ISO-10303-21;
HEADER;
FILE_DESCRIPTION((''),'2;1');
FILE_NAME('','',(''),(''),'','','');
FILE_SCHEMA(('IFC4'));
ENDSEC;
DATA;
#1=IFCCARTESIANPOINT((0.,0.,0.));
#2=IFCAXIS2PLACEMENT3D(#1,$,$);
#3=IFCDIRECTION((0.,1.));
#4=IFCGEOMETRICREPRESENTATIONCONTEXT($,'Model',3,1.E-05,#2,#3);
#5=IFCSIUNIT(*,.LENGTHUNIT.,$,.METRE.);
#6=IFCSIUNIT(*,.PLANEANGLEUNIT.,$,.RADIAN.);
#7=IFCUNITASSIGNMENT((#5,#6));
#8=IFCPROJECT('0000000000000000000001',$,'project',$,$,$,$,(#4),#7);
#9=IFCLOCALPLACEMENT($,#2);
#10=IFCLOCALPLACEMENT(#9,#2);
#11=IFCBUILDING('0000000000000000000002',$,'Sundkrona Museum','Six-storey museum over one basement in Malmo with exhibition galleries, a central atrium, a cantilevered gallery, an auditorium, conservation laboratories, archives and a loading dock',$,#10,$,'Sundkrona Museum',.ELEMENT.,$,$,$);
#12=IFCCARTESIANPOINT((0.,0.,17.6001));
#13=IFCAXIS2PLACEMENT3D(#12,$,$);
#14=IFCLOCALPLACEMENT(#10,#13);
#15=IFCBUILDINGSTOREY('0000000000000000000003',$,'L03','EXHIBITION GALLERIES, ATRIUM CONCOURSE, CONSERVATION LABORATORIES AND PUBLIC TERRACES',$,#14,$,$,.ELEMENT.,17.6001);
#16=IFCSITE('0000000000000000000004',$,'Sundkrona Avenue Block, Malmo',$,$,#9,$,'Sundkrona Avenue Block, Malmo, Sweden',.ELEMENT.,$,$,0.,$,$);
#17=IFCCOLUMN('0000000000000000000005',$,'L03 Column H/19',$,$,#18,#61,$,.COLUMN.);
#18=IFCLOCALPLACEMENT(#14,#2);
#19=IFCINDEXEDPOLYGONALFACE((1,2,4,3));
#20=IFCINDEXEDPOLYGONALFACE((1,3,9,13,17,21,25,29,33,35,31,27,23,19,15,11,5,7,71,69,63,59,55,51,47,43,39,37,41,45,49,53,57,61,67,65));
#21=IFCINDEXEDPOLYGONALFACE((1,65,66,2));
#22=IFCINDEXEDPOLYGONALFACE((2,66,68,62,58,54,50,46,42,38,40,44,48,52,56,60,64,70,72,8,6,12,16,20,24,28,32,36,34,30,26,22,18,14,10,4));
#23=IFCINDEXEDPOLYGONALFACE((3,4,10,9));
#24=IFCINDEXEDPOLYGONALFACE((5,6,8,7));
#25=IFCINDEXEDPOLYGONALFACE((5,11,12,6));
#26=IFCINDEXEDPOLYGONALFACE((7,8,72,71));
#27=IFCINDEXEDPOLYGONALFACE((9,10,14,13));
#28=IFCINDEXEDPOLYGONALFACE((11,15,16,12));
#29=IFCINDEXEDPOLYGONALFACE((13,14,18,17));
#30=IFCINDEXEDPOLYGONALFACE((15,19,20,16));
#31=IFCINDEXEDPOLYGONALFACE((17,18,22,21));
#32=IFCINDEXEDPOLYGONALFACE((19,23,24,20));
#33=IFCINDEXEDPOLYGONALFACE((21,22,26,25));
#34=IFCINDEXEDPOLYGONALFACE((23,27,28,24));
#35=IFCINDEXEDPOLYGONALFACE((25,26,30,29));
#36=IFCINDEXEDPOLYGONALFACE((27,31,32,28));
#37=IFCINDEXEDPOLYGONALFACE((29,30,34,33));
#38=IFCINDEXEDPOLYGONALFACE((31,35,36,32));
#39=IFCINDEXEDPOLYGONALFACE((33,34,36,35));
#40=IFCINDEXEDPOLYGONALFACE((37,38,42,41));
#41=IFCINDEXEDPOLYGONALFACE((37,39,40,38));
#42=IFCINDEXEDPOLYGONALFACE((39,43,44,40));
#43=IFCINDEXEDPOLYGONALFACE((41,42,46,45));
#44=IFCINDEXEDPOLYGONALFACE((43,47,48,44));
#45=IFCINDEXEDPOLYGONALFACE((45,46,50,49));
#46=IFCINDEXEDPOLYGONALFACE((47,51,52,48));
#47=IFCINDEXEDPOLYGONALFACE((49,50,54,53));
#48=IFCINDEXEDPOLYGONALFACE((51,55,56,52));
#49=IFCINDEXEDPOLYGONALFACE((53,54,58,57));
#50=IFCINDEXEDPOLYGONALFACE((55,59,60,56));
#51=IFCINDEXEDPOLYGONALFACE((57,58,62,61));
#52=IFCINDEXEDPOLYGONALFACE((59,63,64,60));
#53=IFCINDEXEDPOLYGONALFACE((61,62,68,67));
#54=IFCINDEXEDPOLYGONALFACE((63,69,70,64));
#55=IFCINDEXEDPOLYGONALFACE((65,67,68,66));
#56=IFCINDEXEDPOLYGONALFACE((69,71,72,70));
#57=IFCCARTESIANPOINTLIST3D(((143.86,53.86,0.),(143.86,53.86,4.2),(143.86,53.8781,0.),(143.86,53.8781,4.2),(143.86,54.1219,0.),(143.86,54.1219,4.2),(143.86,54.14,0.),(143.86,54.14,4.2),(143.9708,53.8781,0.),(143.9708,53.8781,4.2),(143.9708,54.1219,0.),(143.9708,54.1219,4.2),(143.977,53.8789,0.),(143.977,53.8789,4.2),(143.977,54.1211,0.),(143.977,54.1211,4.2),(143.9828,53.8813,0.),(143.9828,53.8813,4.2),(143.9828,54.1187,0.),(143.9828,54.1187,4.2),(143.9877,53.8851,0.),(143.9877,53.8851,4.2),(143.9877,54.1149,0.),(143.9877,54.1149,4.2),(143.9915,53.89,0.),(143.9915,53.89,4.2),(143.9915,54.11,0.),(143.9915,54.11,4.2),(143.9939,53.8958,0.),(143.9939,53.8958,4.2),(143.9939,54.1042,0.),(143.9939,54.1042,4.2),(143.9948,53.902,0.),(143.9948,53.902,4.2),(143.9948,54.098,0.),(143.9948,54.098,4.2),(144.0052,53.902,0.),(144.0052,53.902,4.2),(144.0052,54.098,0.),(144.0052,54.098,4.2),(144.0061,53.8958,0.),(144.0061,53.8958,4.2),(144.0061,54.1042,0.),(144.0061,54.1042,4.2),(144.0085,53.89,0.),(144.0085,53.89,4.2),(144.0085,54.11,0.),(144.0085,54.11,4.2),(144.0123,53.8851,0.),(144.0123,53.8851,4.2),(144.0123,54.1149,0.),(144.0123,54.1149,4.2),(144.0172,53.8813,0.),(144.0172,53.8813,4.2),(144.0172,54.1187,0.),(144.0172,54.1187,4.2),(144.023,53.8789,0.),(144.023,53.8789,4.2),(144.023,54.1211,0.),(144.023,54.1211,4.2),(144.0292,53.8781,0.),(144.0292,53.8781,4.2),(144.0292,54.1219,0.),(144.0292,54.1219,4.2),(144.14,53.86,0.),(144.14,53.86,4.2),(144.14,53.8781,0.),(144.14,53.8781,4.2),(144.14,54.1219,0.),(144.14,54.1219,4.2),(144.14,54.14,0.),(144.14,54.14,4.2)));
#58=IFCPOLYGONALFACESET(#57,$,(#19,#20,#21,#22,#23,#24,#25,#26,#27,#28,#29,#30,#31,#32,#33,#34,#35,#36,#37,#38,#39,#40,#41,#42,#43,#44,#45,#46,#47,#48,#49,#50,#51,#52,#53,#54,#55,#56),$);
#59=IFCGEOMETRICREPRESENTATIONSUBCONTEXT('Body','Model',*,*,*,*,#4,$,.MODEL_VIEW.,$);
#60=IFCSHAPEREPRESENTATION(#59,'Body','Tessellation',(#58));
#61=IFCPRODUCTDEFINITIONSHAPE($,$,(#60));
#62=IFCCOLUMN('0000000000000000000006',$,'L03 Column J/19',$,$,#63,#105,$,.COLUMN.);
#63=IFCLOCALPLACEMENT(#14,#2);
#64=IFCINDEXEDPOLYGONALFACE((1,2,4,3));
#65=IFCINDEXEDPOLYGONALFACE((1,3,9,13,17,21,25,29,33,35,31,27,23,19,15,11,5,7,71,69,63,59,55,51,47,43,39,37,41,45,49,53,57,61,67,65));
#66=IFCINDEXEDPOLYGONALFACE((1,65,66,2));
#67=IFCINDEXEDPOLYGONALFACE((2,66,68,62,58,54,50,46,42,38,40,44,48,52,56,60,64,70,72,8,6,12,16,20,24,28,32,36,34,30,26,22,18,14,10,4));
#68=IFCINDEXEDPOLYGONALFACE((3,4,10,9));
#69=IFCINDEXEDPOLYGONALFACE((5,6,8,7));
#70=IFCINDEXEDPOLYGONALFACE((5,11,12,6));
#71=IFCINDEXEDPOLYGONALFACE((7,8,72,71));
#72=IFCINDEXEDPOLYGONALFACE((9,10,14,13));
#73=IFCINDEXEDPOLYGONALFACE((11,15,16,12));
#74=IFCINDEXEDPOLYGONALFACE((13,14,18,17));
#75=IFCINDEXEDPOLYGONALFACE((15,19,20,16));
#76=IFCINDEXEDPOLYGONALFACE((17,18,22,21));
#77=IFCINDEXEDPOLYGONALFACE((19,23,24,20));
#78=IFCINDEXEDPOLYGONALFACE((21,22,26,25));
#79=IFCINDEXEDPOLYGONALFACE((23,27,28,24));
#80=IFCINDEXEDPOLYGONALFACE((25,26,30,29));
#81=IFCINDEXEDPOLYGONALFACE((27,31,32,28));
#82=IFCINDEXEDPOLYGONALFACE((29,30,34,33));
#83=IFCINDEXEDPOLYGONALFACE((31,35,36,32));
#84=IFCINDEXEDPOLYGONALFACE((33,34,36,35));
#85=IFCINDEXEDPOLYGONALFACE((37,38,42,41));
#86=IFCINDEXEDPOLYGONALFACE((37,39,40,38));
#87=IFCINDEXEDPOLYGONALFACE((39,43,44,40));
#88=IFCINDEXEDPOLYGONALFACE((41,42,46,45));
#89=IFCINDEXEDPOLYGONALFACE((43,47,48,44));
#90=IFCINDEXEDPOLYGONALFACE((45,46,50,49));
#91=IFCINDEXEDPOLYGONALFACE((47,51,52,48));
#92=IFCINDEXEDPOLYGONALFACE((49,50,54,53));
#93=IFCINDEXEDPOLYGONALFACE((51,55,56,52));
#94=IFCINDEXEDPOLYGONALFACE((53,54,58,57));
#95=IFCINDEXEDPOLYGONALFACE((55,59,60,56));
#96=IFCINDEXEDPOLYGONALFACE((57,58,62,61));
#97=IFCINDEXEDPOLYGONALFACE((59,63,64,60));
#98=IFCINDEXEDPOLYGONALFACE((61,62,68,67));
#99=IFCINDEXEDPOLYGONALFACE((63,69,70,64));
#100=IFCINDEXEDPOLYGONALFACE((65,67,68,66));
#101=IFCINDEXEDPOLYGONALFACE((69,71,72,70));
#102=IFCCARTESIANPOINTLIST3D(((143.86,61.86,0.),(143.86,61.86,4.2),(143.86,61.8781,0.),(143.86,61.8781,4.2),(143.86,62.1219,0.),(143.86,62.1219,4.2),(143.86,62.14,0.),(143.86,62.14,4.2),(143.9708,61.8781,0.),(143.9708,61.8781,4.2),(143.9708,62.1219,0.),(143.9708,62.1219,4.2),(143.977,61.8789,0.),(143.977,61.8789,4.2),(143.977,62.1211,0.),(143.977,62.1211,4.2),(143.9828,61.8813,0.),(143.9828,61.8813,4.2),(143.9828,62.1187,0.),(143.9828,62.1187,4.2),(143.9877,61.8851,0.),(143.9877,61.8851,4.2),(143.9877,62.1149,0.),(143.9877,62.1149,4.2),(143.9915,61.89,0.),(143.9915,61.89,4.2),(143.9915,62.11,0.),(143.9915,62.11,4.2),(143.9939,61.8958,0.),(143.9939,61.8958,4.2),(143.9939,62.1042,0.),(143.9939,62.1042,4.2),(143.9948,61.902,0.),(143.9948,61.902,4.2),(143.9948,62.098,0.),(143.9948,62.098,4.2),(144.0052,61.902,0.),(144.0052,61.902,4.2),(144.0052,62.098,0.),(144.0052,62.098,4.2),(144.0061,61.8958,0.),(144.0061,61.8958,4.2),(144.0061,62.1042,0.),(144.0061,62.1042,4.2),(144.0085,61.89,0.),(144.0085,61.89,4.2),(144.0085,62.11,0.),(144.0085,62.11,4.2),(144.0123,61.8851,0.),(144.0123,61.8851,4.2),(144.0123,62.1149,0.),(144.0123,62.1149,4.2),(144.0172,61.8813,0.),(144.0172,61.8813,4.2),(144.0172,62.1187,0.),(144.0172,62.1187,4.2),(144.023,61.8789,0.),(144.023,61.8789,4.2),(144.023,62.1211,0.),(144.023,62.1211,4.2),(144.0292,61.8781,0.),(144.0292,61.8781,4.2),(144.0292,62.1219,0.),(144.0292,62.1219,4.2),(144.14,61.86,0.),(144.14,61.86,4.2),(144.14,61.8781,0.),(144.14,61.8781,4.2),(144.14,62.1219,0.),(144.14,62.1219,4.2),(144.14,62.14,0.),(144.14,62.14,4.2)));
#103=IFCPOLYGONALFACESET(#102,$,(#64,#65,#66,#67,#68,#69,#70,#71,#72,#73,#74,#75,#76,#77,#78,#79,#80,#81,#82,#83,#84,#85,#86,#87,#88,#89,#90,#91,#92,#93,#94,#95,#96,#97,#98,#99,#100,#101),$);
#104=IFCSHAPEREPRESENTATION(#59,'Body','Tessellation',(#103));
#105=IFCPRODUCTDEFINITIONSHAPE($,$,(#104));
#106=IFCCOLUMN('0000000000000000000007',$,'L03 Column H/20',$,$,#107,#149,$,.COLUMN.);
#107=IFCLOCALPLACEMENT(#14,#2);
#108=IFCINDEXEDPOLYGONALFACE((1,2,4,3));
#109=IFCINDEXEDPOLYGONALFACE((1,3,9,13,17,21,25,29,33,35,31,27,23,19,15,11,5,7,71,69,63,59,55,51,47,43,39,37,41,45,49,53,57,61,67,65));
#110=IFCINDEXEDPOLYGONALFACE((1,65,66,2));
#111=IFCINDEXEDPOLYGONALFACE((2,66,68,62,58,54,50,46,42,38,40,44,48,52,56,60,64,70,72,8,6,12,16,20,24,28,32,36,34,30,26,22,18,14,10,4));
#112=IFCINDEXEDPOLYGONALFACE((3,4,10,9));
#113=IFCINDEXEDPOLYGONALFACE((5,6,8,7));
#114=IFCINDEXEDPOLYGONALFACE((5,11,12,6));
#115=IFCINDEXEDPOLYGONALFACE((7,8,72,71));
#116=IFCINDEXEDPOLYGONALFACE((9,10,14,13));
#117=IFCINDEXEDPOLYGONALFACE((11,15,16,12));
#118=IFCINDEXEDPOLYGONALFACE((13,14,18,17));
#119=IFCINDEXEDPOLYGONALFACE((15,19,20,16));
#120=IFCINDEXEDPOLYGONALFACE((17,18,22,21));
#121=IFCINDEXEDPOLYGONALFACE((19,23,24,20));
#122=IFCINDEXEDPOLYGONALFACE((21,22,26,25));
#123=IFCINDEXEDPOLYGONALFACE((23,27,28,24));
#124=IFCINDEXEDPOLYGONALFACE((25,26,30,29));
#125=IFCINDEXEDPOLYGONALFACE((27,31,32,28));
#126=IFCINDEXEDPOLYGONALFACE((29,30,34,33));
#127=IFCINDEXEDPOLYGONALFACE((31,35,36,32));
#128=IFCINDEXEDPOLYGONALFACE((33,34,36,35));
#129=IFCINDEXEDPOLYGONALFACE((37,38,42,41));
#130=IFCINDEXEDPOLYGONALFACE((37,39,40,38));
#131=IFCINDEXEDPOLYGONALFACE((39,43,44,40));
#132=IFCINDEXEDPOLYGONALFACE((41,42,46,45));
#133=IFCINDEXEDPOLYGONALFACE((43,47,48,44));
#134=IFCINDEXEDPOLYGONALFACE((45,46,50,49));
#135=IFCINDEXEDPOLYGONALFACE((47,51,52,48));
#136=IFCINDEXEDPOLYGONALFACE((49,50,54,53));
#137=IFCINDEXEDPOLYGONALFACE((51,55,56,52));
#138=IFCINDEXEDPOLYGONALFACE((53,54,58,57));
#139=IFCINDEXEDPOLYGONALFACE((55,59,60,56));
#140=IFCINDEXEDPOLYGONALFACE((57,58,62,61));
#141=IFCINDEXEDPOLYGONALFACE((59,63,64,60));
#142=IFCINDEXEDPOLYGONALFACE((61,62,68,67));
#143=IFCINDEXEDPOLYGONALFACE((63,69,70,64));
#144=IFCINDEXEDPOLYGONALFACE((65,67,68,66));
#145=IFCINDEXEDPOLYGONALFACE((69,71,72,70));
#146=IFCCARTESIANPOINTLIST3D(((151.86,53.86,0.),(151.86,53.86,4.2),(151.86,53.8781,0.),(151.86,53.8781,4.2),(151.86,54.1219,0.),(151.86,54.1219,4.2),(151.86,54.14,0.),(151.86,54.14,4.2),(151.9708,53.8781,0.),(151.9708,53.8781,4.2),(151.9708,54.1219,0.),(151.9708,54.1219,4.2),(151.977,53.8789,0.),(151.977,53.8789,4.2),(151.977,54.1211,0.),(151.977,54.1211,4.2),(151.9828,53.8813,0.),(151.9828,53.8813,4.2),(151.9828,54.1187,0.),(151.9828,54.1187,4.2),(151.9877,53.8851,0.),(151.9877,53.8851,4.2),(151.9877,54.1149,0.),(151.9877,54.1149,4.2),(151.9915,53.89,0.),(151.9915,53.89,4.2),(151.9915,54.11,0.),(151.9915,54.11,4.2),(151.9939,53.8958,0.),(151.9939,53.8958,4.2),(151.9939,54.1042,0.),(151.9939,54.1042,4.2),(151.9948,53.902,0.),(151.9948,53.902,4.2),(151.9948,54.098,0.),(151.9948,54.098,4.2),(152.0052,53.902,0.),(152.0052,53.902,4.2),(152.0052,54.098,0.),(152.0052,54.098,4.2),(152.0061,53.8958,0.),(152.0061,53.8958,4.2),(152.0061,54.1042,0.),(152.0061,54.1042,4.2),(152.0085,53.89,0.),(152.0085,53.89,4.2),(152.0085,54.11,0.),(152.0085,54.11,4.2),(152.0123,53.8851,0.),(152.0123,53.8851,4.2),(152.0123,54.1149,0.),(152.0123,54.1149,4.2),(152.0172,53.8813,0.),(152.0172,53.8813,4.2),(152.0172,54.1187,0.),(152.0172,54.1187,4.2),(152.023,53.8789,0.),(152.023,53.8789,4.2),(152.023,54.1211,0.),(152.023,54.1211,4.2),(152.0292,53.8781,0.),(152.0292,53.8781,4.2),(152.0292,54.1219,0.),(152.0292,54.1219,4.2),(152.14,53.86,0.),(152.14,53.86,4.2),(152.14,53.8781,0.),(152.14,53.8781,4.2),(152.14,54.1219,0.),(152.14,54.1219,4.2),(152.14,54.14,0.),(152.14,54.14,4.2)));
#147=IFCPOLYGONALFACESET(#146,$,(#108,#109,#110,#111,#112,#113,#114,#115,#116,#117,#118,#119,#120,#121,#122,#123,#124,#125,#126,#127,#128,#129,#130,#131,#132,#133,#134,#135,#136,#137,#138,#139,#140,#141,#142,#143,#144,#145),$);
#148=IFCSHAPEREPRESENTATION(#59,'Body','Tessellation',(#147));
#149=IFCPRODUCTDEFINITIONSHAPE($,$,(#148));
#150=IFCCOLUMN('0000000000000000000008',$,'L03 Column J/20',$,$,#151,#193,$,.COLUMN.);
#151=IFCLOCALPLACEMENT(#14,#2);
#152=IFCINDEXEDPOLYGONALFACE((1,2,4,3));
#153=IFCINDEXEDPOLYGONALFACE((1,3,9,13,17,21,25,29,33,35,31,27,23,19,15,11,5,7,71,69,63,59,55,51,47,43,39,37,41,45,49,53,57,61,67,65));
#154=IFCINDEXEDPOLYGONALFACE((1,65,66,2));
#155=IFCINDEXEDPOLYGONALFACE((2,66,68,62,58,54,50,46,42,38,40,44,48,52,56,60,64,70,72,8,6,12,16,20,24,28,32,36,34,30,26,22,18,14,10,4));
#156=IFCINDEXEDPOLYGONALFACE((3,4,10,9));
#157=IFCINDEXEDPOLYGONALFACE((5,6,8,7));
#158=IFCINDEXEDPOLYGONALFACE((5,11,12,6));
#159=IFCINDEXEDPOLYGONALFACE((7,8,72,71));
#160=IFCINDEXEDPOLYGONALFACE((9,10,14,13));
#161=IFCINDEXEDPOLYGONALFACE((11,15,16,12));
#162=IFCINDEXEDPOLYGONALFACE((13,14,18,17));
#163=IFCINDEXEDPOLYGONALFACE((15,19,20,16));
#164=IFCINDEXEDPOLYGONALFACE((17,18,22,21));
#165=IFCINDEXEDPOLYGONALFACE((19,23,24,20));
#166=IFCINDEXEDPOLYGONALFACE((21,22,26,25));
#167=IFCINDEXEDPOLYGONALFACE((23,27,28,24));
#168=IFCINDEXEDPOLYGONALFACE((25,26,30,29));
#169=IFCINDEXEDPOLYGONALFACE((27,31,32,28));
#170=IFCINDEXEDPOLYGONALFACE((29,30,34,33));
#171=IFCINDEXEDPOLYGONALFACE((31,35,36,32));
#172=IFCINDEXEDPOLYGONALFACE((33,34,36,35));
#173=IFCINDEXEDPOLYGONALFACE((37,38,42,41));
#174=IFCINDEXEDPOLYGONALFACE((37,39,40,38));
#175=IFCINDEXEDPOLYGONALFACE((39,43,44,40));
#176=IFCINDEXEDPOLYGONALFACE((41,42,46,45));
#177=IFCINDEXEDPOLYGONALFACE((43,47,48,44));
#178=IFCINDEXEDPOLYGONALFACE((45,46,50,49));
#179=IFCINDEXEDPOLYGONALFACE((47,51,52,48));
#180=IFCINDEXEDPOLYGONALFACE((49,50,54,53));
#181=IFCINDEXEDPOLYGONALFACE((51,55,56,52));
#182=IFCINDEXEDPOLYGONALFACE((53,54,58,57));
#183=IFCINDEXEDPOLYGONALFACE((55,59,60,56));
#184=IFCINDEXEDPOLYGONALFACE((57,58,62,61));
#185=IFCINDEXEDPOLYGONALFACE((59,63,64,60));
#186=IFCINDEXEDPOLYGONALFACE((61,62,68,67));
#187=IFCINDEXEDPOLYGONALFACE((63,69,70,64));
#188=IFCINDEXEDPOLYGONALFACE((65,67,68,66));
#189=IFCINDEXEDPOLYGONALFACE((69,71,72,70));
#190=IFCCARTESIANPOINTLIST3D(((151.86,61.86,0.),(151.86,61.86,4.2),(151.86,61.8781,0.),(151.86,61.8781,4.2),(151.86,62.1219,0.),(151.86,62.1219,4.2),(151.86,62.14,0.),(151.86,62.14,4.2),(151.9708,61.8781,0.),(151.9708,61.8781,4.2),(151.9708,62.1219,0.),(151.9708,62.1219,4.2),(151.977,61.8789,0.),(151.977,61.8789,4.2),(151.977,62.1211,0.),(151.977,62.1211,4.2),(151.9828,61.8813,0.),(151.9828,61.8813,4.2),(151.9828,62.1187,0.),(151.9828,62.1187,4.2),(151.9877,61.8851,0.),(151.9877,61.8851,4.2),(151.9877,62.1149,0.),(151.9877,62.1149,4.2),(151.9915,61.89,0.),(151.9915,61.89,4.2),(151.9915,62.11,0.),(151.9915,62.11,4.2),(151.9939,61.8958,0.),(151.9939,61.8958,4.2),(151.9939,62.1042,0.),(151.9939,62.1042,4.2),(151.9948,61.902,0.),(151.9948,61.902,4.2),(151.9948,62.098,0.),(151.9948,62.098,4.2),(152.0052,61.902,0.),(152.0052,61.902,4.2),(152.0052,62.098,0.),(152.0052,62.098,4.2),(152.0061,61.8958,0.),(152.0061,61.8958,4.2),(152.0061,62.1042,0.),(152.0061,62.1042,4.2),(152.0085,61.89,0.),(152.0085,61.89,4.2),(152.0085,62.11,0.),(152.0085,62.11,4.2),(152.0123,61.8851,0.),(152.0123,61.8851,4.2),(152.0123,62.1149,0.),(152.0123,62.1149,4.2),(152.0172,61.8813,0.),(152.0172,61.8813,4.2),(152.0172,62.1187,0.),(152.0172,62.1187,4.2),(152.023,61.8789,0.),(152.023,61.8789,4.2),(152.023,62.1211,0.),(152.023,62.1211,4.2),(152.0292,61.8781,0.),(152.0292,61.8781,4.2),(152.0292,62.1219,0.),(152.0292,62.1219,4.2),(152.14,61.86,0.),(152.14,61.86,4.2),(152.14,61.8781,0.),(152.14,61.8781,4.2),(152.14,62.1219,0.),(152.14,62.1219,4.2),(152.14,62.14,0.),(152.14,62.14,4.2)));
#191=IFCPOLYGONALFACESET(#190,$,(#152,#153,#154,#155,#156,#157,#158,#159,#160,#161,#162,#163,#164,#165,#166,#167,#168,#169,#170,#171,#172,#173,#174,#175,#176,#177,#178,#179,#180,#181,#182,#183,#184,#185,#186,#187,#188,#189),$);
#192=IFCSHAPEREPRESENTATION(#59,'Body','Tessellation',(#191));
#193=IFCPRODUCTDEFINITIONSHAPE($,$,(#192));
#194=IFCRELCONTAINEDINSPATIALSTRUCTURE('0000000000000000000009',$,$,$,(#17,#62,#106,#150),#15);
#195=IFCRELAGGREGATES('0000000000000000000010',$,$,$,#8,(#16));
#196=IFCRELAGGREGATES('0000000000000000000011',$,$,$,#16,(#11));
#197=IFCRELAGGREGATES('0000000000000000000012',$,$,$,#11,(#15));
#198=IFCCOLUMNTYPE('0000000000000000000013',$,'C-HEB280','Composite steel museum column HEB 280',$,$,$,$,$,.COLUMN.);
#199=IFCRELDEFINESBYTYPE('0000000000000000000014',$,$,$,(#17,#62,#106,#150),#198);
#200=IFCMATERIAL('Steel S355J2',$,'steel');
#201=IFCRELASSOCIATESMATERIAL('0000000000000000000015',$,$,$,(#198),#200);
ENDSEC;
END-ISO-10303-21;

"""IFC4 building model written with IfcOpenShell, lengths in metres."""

from ifc_helpers import new_model, si_unit, direction, frame, origin, origin_2d, place, context, subcontext, project, spatial, i_section, extrude, material, material_profile, profile_set, type_object, element, save


model = new_model("IFC4")

# Units and contexts
model_context = context("Model", 3, precision=1e-05, world=origin(), true_north=direction((0.0, 1.0)))
body_context = subcontext(model_context, "Body", "Model", "MODEL_VIEW")
ifc_project = project(units=[si_unit("LENGTHUNIT", "METRE"), si_unit("PLANEANGLEUNIT", "RADIAN")], contexts=[model_context])

# Site, building, storey
site_placement = place(None, origin())
site = spatial("IfcSite", under=ifc_project, at=site_placement, Name="Sundkrona Avenue Block, Malmo", LongName="Sundkrona Avenue Block, Malmo, Sweden", CompositionType="ELEMENT", RefElevation=0.0)
building_placement = place(site_placement, origin())
building = spatial("IfcBuilding", under=site, at=building_placement, Name="Sundkrona Museum", Description="Six-storey museum over one basement in Malmo with exhibition galleries, a central atrium, a cantilevered gallery, an auditorium, conservation laboratories, archives and a loading dock", LongName="Sundkrona Museum", CompositionType="ELEMENT")
storey_placement = place(building_placement, frame((0.0, 0.0, 17.6001)))
storey = spatial("IfcBuildingStorey", under=building, at=storey_placement, Name="L03", Description="EXHIBITION GALLERIES, ATRIUM CONCOURSE, CONSERVATION LABORATORIES AND PUBLIC TERRACES", CompositionType="ELEMENT", Elevation=17.6001)

# Columns
ifc_material_1 = material(Name="Steel S355J2", Category="steel")
ifc_material_profile_1 = material_profile(ifc_material_1, i_section(OverallWidth=0.28, OverallDepth=0.28, WebThickness=0.0105, FlangeThickness=0.0181, FilletRadius=0.0239, at=origin_2d()), Name="HEB 280")
ifc_profile_set_1 = profile_set([ifc_material_profile_1], Name="Steel S355J2")
column_type_1 = type_object("IfcColumnType", Name="C-HEB280", Description="Composite steel museum column HEB 280", PredefinedType="COLUMN", material=ifc_profile_set_1)
for number, where, z_axis, x_axis, name in (
    (1, (144.0, 54.0, 0.0), (0.0, 0.0, 1.0), (1.0, 0.0, 0.0), "L03 Column H/19"),
    (2, (144.0, 62.0, 0.0), (0.0, 0.0, 1.0), (1.0, 0.0, 0.0), "L03 Column J/19"),
    (3, (152.0, 54.0, 0.0), (0.0, 0.0, 1.0), (1.0, 0.0, 0.0), "L03 Column H/20"),
    (4, (152.0, 62.0, 0.0), (0.0, 0.0, 1.0), (1.0, 0.0, 0.0), "L03 Column J/20"),
):
    element("IfcColumn", number, at=place(storey_placement, frame(where, z_axis=z_axis, x_axis=x_axis)), inside=storey, type_object=column_type_1, Name=name, PredefinedType="COLUMN", context=body_context, shape_type="SweptSolid", body=[
        extrude(i_section(OverallWidth=0.28, OverallDepth=0.28, WebThickness=0.0105, FlangeThickness=0.0181, FilletRadius=0.0239, at=origin_2d()), origin(), (0.0, 0.0, 1.0), 4.2),
    ])

save(model, "model.ifc")
